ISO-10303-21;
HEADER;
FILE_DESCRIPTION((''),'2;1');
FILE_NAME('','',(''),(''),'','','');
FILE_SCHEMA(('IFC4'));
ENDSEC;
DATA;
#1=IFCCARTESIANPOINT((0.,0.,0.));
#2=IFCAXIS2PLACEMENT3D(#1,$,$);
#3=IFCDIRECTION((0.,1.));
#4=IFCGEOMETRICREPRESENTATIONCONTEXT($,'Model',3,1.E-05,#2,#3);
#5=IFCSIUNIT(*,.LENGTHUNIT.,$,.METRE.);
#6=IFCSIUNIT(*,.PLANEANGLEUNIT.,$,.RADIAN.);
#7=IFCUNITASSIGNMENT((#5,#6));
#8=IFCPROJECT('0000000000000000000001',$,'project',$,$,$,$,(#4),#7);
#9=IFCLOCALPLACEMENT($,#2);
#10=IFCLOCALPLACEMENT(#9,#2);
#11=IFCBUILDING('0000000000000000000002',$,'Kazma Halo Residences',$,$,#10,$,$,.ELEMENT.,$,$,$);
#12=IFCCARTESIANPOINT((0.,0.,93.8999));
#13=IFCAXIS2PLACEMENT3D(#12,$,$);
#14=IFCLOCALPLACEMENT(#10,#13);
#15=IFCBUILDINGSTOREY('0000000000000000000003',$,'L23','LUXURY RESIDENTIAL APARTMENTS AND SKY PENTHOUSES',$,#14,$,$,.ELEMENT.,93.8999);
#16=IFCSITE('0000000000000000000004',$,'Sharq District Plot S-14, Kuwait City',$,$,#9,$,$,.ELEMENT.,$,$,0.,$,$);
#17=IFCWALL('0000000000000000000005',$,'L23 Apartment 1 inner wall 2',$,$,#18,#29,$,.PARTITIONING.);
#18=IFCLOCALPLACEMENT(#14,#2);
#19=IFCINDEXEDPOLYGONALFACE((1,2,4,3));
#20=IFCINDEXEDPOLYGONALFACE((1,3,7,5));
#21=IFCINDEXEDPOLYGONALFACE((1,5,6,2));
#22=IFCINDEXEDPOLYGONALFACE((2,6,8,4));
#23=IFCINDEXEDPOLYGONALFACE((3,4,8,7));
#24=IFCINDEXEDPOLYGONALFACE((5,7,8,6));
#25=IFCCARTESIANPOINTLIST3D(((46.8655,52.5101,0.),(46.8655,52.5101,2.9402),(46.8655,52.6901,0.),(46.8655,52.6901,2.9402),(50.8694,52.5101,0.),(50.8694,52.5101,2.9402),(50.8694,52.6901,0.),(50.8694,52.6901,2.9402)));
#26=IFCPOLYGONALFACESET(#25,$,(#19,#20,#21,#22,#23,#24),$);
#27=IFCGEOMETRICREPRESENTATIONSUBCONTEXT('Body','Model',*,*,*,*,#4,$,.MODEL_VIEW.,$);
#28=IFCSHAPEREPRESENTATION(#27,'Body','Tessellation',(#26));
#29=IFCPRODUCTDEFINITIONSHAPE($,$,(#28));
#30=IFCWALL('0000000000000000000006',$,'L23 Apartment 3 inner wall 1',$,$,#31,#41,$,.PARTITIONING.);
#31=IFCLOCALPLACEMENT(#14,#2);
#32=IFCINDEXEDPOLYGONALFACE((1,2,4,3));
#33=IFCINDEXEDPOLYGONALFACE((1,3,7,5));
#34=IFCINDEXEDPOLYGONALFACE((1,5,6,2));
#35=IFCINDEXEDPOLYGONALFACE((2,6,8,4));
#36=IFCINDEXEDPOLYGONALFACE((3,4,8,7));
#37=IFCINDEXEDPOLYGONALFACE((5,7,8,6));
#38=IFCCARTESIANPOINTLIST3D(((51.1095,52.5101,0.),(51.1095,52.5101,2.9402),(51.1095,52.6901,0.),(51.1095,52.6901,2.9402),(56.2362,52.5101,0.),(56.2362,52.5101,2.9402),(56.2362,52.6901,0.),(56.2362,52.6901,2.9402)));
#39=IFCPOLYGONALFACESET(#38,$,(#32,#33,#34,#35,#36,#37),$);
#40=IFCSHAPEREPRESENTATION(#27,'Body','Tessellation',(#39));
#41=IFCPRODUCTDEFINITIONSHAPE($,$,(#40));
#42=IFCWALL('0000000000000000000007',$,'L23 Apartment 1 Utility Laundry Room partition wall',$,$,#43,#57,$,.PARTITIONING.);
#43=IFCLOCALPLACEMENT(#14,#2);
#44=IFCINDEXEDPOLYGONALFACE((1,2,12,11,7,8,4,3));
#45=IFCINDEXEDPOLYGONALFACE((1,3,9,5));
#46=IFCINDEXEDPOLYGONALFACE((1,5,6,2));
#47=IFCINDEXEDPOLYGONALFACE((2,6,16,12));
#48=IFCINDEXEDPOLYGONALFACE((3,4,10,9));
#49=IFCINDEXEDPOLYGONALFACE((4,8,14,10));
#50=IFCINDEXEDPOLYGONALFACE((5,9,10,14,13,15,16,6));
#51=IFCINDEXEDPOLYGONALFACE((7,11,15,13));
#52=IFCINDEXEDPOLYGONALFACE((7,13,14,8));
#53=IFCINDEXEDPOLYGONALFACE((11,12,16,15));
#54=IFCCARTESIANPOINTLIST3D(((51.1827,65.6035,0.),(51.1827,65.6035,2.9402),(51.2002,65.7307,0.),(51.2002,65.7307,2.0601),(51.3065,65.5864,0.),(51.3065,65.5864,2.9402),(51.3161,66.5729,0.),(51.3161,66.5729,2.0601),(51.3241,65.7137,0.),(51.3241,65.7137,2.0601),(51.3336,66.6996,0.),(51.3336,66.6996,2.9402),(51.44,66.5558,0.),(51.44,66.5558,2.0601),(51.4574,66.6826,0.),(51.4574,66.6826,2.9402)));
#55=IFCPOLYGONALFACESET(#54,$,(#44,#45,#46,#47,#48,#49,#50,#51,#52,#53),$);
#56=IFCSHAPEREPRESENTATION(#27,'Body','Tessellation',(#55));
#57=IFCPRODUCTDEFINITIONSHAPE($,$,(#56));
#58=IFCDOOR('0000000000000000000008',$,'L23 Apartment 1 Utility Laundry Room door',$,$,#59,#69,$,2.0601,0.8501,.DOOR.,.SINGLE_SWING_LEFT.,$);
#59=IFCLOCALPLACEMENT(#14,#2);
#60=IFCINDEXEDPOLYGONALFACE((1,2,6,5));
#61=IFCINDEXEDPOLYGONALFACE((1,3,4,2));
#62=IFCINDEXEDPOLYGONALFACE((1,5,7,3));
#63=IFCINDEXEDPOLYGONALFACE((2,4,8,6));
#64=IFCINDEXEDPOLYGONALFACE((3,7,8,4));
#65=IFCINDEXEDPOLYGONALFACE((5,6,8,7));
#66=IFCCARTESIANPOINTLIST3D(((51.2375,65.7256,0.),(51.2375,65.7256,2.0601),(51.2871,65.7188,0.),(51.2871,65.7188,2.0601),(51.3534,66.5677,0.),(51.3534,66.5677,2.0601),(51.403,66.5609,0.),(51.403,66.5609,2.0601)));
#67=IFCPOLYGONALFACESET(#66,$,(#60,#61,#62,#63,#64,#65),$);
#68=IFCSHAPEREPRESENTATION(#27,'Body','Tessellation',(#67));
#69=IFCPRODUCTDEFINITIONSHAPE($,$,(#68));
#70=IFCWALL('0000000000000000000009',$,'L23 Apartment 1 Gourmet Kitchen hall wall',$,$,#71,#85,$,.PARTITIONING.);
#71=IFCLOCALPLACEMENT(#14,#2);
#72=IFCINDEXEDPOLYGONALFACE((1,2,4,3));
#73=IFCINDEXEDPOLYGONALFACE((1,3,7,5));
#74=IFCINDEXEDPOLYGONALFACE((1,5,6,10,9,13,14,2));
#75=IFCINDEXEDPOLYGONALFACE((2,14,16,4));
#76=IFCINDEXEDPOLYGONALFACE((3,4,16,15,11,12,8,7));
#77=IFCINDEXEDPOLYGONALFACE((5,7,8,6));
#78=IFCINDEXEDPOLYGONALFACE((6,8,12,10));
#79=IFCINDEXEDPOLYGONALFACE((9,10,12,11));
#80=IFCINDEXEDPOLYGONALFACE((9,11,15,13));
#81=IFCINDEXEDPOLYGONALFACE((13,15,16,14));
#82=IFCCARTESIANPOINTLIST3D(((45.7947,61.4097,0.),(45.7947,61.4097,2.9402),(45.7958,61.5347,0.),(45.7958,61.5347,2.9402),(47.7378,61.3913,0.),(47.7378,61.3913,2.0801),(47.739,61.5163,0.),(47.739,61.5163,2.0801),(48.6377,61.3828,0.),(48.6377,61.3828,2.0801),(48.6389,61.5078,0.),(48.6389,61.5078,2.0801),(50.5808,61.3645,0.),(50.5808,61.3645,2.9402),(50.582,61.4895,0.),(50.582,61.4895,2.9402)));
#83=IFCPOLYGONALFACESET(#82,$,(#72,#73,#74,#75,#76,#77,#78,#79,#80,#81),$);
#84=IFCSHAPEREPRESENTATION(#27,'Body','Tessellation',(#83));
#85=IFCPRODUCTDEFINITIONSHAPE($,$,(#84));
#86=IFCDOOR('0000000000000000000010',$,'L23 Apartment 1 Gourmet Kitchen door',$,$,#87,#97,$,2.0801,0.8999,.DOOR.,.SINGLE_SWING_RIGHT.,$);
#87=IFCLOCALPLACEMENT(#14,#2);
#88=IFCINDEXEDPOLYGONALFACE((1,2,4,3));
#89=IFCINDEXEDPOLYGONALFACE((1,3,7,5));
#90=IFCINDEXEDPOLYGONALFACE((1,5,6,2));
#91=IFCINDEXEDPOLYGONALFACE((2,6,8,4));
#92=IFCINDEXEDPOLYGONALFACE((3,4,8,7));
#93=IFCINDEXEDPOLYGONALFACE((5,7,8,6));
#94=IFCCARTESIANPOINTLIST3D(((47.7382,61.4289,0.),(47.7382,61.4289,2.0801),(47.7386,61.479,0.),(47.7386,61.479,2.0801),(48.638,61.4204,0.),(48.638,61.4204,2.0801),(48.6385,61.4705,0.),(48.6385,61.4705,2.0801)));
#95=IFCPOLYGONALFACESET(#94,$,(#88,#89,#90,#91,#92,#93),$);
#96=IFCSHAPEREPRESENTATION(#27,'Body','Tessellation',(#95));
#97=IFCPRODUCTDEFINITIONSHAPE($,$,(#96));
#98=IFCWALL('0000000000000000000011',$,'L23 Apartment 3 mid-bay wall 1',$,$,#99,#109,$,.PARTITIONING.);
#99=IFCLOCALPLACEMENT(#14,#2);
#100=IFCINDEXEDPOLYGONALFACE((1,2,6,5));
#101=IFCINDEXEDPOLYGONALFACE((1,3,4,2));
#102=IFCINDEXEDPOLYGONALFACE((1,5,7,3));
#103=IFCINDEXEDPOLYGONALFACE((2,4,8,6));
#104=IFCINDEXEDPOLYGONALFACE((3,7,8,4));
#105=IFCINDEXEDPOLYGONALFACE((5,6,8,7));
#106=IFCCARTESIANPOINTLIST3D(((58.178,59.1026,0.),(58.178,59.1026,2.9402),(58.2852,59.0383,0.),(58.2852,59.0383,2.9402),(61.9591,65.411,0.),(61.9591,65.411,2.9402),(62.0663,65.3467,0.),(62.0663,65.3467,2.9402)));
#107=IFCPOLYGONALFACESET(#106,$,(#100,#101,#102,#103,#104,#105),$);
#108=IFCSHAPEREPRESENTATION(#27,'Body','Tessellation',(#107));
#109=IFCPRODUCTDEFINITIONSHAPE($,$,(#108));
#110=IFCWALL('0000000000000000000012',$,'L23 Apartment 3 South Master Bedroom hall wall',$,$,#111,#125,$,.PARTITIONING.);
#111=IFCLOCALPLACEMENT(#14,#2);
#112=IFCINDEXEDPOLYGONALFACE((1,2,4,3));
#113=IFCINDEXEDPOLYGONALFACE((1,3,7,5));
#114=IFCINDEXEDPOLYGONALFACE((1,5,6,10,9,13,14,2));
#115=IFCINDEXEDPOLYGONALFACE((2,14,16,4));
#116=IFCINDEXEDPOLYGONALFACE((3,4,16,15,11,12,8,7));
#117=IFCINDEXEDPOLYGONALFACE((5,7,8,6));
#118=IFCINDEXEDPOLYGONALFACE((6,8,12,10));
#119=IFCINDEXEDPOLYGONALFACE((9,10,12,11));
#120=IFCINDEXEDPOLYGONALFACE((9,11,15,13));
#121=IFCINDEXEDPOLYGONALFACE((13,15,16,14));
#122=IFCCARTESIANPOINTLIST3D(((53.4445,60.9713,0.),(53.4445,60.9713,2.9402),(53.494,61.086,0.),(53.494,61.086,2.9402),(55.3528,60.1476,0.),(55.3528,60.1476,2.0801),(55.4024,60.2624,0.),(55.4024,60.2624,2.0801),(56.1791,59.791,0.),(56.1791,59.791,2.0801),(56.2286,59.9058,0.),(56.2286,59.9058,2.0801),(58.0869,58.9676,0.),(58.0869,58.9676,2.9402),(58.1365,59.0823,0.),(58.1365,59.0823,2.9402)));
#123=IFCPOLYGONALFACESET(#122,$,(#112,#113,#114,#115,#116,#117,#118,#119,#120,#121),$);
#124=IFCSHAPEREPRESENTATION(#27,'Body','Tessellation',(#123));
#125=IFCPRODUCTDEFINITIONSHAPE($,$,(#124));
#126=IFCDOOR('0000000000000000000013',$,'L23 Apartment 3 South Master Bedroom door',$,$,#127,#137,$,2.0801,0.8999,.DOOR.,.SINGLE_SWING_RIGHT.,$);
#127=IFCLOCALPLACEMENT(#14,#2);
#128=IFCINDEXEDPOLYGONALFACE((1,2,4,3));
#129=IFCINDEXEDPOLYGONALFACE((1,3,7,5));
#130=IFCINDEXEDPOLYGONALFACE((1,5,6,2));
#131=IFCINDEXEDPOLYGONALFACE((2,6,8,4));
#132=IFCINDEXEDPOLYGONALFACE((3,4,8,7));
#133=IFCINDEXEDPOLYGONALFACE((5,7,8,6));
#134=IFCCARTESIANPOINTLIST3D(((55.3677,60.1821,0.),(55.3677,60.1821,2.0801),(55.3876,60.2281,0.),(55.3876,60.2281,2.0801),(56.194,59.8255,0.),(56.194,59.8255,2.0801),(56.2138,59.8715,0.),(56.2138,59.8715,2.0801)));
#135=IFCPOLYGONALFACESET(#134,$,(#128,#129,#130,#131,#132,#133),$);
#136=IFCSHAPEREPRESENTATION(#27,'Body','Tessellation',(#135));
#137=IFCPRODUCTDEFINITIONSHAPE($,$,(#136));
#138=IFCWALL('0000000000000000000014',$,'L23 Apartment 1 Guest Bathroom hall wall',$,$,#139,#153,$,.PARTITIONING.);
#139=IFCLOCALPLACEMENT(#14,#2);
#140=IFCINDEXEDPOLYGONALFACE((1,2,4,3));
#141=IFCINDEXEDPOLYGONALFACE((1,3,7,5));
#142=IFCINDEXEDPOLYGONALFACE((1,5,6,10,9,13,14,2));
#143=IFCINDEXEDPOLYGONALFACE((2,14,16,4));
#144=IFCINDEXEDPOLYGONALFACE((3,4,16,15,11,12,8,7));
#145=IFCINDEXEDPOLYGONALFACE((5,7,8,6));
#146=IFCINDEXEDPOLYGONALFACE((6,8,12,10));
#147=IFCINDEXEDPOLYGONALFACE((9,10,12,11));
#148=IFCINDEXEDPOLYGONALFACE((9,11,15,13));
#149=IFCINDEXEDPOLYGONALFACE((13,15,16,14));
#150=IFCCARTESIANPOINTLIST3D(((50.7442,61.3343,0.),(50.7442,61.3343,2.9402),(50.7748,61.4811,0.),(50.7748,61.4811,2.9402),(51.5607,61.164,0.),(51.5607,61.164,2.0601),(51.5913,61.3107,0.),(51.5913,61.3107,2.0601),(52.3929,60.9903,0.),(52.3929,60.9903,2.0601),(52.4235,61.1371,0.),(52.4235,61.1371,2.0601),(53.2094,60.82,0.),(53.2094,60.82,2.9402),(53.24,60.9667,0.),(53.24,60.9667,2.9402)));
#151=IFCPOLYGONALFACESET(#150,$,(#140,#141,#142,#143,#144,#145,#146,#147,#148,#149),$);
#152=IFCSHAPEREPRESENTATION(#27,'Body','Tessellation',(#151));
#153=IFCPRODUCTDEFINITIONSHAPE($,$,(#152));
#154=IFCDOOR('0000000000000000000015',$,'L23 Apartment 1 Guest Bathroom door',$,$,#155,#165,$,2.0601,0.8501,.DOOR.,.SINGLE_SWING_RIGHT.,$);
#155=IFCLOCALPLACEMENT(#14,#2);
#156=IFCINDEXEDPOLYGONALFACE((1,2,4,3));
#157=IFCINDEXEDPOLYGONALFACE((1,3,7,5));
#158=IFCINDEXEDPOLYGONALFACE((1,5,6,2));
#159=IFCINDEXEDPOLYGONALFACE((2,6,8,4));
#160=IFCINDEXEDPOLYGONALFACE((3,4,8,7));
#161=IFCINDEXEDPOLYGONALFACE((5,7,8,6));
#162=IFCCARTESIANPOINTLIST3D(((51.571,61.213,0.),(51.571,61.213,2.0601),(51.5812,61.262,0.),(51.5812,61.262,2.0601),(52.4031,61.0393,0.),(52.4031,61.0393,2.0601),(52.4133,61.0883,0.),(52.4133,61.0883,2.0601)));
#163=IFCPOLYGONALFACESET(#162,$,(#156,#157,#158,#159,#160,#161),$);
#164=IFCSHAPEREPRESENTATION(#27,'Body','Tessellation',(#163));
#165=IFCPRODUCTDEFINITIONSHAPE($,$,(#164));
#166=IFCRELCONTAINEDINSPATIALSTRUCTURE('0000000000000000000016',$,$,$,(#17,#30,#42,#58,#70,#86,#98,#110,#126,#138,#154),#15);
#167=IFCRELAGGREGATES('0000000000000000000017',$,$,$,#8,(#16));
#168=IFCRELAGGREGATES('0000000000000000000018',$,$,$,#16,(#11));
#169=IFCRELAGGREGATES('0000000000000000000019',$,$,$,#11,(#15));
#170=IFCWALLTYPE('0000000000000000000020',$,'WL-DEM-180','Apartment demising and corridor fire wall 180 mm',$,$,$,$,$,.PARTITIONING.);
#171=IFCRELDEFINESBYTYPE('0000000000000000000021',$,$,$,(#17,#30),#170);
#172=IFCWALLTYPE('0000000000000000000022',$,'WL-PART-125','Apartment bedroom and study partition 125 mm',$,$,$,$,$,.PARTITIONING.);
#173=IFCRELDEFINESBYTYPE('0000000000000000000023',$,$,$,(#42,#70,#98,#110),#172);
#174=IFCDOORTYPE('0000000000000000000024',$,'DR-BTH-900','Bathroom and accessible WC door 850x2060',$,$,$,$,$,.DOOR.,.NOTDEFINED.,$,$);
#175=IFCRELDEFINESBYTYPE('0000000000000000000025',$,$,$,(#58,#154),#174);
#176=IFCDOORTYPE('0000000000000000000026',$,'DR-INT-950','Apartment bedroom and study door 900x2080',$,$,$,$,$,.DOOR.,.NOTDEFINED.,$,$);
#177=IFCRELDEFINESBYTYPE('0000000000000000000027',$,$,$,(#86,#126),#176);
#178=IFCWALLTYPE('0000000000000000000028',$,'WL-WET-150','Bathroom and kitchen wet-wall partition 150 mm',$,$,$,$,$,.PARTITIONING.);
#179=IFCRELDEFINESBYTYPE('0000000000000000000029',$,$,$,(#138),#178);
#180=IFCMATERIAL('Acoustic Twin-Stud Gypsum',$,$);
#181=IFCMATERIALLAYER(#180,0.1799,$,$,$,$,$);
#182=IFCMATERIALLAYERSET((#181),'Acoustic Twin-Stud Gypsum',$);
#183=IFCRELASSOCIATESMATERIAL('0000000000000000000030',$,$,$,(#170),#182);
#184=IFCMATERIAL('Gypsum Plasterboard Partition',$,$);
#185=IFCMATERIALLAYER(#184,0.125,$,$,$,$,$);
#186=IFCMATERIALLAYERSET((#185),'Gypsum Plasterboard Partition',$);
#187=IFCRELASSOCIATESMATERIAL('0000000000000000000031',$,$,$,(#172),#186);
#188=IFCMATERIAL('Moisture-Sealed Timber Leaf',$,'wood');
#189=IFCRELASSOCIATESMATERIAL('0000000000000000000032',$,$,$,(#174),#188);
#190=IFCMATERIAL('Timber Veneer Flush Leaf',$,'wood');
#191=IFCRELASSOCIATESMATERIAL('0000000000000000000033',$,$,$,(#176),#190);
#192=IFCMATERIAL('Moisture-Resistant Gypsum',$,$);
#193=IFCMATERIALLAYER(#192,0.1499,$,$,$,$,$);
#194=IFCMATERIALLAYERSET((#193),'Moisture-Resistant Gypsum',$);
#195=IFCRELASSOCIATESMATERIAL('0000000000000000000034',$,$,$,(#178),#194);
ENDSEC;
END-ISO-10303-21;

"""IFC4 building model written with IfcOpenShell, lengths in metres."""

from ifc_helpers import new_model, si_unit, direction, frame, frame_2d, origin, place, context, subcontext, project, spatial, rectangle, extrude, material, layer, layer_set, type_object, element, fill, save


model = new_model("IFC4")

# Units and contexts
model_context = context("Model", 3, precision=1e-05, world=origin(), true_north=direction((0.0, 1.0)))
body_context = subcontext(model_context, "Body", "Model", "MODEL_VIEW")
ifc_project = project(units=[si_unit("LENGTHUNIT", "METRE"), si_unit("PLANEANGLEUNIT", "RADIAN")], contexts=[model_context])

# Site, building, storey
site_placement = place(None, origin())
site = spatial("IfcSite", under=ifc_project, at=site_placement, Name="Sharq District Plot S-14, Kuwait City", CompositionType="ELEMENT", RefElevation=0.0)
building_placement = place(site_placement, origin())
building = spatial("IfcBuilding", under=site, at=building_placement, Name="Kazma Halo Residences", CompositionType="ELEMENT")
storey_placement = place(building_placement, frame((0.0, 0.0, 93.8999)))
storey = spatial("IfcBuildingStorey", under=building, at=storey_placement, Name="L23", Description="LUXURY RESIDENTIAL APARTMENTS AND SKY PENTHOUSES", CompositionType="ELEMENT", Elevation=93.8999)

# Walls
ifc_material_1 = material(Name="Acoustic Twin-Stud Gypsum")
ifc_layer_1 = layer(ifc_material_1, 0.1799)
ifc_layer_set_1 = layer_set([ifc_layer_1], Name="Acoustic Twin-Stud Gypsum")
wall_type_1 = type_object("IfcWallType", Name="WL-DEM-180", Description="Apartment demising and corridor fire wall 180 mm", PredefinedType="PARTITIONING", material=ifc_layer_set_1)
wall_1_placement = place(storey_placement, frame((50.8694, 52.6001, 0.0), z_axis=(0.0, 0.0, 1.0), x_axis=(-1.0, 0.0, 0.0)))
element("IfcWall", 1, at=wall_1_placement, inside=storey, type_object=wall_type_1, Name="L23 Apartment 1 inner wall 2", PredefinedType="PARTITIONING", context=body_context, shape_type="SweptSolid", body=[
    extrude(rectangle(XDim=4.0039, YDim=0.1799, at=frame_2d((2.002, 0.0))), origin(), (0.0, 0.0, 1.0), 2.9402),
])
wall_2_placement = place(storey_placement, frame((56.2363, 52.6001, 0.0), z_axis=(0.0, 0.0, 1.0), x_axis=(-1.0, 0.0, 0.0)))
element("IfcWall", 2, at=wall_2_placement, inside=storey, type_object=wall_type_1, Name="L23 Apartment 3 inner wall 1", PredefinedType="PARTITIONING", context=body_context, shape_type="SweptSolid", body=[
    extrude(rectangle(XDim=5.1267, YDim=0.1799, at=frame_2d((2.5635, 0.0))), origin(), (0.0, 0.0, 1.0), 2.9402),
])

# Walls, openings, doors
ifc_material_2 = material(Name="Gypsum Plasterboard Partition")
ifc_layer_2 = layer(ifc_material_2, 0.125)
ifc_layer_set_2 = layer_set([ifc_layer_2], Name="Gypsum Plasterboard Partition")
wall_type_2 = type_object("IfcWallType", Name="WL-PART-125", Description="Apartment bedroom and study partition 125 mm", PredefinedType="PARTITIONING", material=ifc_layer_set_2)
wall_3_placement = place(storey_placement, frame((51.2446, 65.595, 0.0), z_axis=(0.0, 0.0, 1.0), x_axis=(0.136354, 0.99066, 0.0)))
wall_3 = element("IfcWall", 3, at=wall_3_placement, inside=storey, type_object=wall_type_2, Name="L23 Apartment 1 Utility Laundry Room partition wall", PredefinedType="PARTITIONING", context=body_context, shape_type="SweptSolid", body=[
    extrude(rectangle(XDim=1.1064, YDim=0.125, at=frame_2d((0.5532, 0.0))), origin(), (0.0, 0.0, 1.0), 2.9402),
])
opening_1_placement = place(wall_3_placement, frame((0.1284, 0.0, 0.0)))
opening_1 = element("IfcOpeningElement", 4, at=opening_1_placement, cuts=wall_3, PredefinedType="OPENING", context=body_context, shape_type="SweptSolid", body=[
    extrude(rectangle(XDim=0.8501, YDim=2.0601, at=frame_2d((0.425, 1.03))), frame((0.0, 0.0725, 0.0), z_axis=(0.0, -1.0, 0.0), x_axis=(1.0, 0.0, 0.0)), (0.0, 0.0, 1.0), 0.145),
])
ifc_material_3 = material(Name="Moisture-Sealed Timber Leaf", Category="wood")
door_type_1 = type_object("IfcDoorType", Name="DR-BTH-900", Description="Bathroom and accessible WC door 850x2060", OperationType="NOTDEFINED", PredefinedType="DOOR", material=ifc_material_3)
door_1_placement = place(opening_1_placement, origin())
door_1 = element("IfcDoor", 5, at=door_1_placement, inside=storey, type_object=door_type_1, Name="L23 Apartment 1 Utility Laundry Room door", OperationType="SINGLE_SWING_LEFT", OverallHeight=2.0601, OverallWidth=0.8501, PredefinedType="DOOR", context=body_context, shape_type="SweptSolid", body=[
    extrude(rectangle(XDim=0.8501, YDim=2.0601, at=frame_2d((0.425, 1.03))), frame((0.0, 0.0249, 0.0), z_axis=(0.0, -1.0, 0.0), x_axis=(1.0, 0.0, 0.0)), (0.0, 0.0, 1.0), 0.05),
])
fill(opening_1, door_1)
wall_4_placement = place(storey_placement, frame((50.5813, 61.427, 0.0), z_axis=(0.0, 0.0, 1.0), x_axis=(-0.999955, 0.009436, 0.0)))
wall_4 = element("IfcWall", 6, at=wall_4_placement, inside=storey, type_object=wall_type_2, Name="L23 Apartment 1 Gourmet Kitchen hall wall", PredefinedType="PARTITIONING", context=body_context, shape_type="SweptSolid", body=[
    extrude(rectangle(XDim=4.7864, YDim=0.125, at=frame_2d((2.3931, 0.0))), origin(), (0.0, 0.0, 1.0), 2.9402),
])
opening_2_placement = place(wall_4_placement, frame((1.9431, 0.0, 0.0)))
opening_2 = element("IfcOpeningElement", 7, at=opening_2_placement, cuts=wall_4, PredefinedType="OPENING", context=body_context, shape_type="SweptSolid", body=[
    extrude(rectangle(XDim=0.8999, YDim=2.0801, at=frame_2d((0.45, 1.04))), frame((0.0, 0.0725, 0.0), z_axis=(0.0, -1.0, 0.0), x_axis=(1.0, 0.0, 0.0)), (0.0, 0.0, 1.0), 0.145),
])
ifc_material_4 = material(Name="Timber Veneer Flush Leaf", Category="wood")
door_type_2 = type_object("IfcDoorType", Name="DR-INT-950", Description="Apartment bedroom and study door 900x2080", OperationType="NOTDEFINED", PredefinedType="DOOR", material=ifc_material_4)
door_2_placement = place(opening_2_placement, origin())
door_2 = element("IfcDoor", 8, at=door_2_placement, inside=storey, type_object=door_type_2, Name="L23 Apartment 1 Gourmet Kitchen door", OperationType="SINGLE_SWING_RIGHT", OverallHeight=2.0801, OverallWidth=0.8999, PredefinedType="DOOR", context=body_context, shape_type="SweptSolid", body=[
    extrude(rectangle(XDim=0.8999, YDim=2.0801, at=frame_2d((0.45, 1.04))), frame((0.0, 0.0249, 0.0), z_axis=(0.0, -1.0, 0.0), x_axis=(1.0, 0.0, 0.0)), (0.0, 0.0, 1.0), 0.05),
])
fill(opening_2, door_2)

# Wall
wall_5_placement = place(storey_placement, frame((58.2317, 59.0706, 0.0), z_axis=(0.0, 0.0, 1.0), x_axis=(0.514095, 0.857733, 0.0)))
element("IfcWall", 9, at=wall_5_placement, inside=storey, type_object=wall_type_2, Name="L23 Apartment 3 mid-bay wall 1", PredefinedType="PARTITIONING", context=body_context, shape_type="SweptSolid", body=[
    extrude(rectangle(XDim=7.3547, YDim=0.125, at=frame_2d((3.6772, 0.0))), origin(), (0.0, 0.0, 1.0), 2.9402),
])

# Walls, openings, doors
wall_6_placement = place(storey_placement, frame((58.1118, 59.0249, 0.0), z_axis=(0.0, 0.0, 1.0), x_axis=(-0.918133, 0.396272, 0.0)))
wall_6 = element("IfcWall", 10, at=wall_6_placement, inside=storey, type_object=wall_type_2, Name="L23 Apartment 3 South Master Bedroom hall wall", PredefinedType="PARTITIONING", context=body_context, shape_type="SweptSolid", body=[
    extrude(rectangle(XDim=5.0564, YDim=0.125, at=frame_2d((2.5283, 0.0))), origin(), (0.0, 0.0, 1.0), 2.9402),
])
opening_3_placement = place(wall_6_placement, frame((2.0781, 0.0, 0.0)))
opening_3 = element("IfcOpeningElement", 11, at=opening_3_placement, cuts=wall_6, PredefinedType="OPENING", context=body_context, shape_type="SweptSolid", body=[
    extrude(rectangle(XDim=0.8999, YDim=2.0801, at=frame_2d((0.45, 1.04))), frame((0.0, 0.0725, 0.0), z_axis=(0.0, -1.0, 0.0), x_axis=(1.0, 0.0, 0.0)), (0.0, 0.0, 1.0), 0.145),
])
door_3_placement = place(opening_3_placement, origin())
door_3 = element("IfcDoor", 12, at=door_3_placement, inside=storey, type_object=door_type_2, Name="L23 Apartment 3 South Master Bedroom door", OperationType="SINGLE_SWING_RIGHT", OverallHeight=2.0801, OverallWidth=0.8999, PredefinedType="DOOR", context=body_context, shape_type="SweptSolid", body=[
    extrude(rectangle(XDim=0.8999, YDim=2.0801, at=frame_2d((0.45, 1.04))), frame((0.0, 0.0249, 0.0), z_axis=(0.0, -1.0, 0.0), x_axis=(1.0, 0.0, 0.0)), (0.0, 0.0, 1.0), 0.05),
])
fill(opening_3, door_3)
ifc_material_5 = material(Name="Moisture-Resistant Gypsum")
ifc_layer_3 = layer(ifc_material_5, 0.1499)
ifc_layer_set_3 = layer_set([ifc_layer_3], Name="Moisture-Resistant Gypsum")
wall_type_3 = type_object("IfcWallType", Name="WL-WET-150", Description="Bathroom and kitchen wet-wall partition 150 mm", PredefinedType="PARTITIONING", material=ifc_layer_set_3)
wall_7_placement = place(storey_placement, frame((53.2249, 60.8933, 0.0), z_axis=(0.0, 0.0, 1.0), x_axis=(-0.978917, 0.204256, 0.0)))
wall_7 = element("IfcWall", 13, at=wall_7_placement, inside=storey, type_object=wall_type_3, Name="L23 Apartment 1 Guest Bathroom hall wall", PredefinedType="PARTITIONING", context=body_context, shape_type="SweptSolid", body=[
    extrude(rectangle(XDim=2.5183, YDim=0.1499, at=frame_2d((1.2593, 0.0))), origin(), (0.0, 0.0, 1.0), 2.9402),
])
opening_4_placement = place(wall_7_placement, frame((0.8342, 0.0, 0.0)))
opening_4 = element("IfcOpeningElement", 14, at=opening_4_placement, cuts=wall_7, PredefinedType="OPENING", context=body_context, shape_type="SweptSolid", body=[
    extrude(rectangle(XDim=0.8501, YDim=2.0601, at=frame_2d((0.425, 1.03))), frame((0.0, 0.085, 0.0), z_axis=(0.0, -1.0, 0.0), x_axis=(1.0, 0.0, 0.0)), (0.0, 0.0, 1.0), 0.1699),
])
door_4_placement = place(opening_4_placement, origin())
door_4 = element("IfcDoor", 15, at=door_4_placement, inside=storey, type_object=door_type_1, Name="L23 Apartment 1 Guest Bathroom door", OperationType="SINGLE_SWING_RIGHT", OverallHeight=2.0601, OverallWidth=0.8501, PredefinedType="DOOR", context=body_context, shape_type="SweptSolid", body=[
    extrude(rectangle(XDim=0.8501, YDim=2.0601, at=frame_2d((0.425, 1.03))), frame((0.0, 0.0249, 0.0), z_axis=(0.0, -1.0, 0.0), x_axis=(1.0, 0.0, 0.0)), (0.0, 0.0, 1.0), 0.05),
])
fill(opening_4, door_4)

save(model, "model.ifc")
